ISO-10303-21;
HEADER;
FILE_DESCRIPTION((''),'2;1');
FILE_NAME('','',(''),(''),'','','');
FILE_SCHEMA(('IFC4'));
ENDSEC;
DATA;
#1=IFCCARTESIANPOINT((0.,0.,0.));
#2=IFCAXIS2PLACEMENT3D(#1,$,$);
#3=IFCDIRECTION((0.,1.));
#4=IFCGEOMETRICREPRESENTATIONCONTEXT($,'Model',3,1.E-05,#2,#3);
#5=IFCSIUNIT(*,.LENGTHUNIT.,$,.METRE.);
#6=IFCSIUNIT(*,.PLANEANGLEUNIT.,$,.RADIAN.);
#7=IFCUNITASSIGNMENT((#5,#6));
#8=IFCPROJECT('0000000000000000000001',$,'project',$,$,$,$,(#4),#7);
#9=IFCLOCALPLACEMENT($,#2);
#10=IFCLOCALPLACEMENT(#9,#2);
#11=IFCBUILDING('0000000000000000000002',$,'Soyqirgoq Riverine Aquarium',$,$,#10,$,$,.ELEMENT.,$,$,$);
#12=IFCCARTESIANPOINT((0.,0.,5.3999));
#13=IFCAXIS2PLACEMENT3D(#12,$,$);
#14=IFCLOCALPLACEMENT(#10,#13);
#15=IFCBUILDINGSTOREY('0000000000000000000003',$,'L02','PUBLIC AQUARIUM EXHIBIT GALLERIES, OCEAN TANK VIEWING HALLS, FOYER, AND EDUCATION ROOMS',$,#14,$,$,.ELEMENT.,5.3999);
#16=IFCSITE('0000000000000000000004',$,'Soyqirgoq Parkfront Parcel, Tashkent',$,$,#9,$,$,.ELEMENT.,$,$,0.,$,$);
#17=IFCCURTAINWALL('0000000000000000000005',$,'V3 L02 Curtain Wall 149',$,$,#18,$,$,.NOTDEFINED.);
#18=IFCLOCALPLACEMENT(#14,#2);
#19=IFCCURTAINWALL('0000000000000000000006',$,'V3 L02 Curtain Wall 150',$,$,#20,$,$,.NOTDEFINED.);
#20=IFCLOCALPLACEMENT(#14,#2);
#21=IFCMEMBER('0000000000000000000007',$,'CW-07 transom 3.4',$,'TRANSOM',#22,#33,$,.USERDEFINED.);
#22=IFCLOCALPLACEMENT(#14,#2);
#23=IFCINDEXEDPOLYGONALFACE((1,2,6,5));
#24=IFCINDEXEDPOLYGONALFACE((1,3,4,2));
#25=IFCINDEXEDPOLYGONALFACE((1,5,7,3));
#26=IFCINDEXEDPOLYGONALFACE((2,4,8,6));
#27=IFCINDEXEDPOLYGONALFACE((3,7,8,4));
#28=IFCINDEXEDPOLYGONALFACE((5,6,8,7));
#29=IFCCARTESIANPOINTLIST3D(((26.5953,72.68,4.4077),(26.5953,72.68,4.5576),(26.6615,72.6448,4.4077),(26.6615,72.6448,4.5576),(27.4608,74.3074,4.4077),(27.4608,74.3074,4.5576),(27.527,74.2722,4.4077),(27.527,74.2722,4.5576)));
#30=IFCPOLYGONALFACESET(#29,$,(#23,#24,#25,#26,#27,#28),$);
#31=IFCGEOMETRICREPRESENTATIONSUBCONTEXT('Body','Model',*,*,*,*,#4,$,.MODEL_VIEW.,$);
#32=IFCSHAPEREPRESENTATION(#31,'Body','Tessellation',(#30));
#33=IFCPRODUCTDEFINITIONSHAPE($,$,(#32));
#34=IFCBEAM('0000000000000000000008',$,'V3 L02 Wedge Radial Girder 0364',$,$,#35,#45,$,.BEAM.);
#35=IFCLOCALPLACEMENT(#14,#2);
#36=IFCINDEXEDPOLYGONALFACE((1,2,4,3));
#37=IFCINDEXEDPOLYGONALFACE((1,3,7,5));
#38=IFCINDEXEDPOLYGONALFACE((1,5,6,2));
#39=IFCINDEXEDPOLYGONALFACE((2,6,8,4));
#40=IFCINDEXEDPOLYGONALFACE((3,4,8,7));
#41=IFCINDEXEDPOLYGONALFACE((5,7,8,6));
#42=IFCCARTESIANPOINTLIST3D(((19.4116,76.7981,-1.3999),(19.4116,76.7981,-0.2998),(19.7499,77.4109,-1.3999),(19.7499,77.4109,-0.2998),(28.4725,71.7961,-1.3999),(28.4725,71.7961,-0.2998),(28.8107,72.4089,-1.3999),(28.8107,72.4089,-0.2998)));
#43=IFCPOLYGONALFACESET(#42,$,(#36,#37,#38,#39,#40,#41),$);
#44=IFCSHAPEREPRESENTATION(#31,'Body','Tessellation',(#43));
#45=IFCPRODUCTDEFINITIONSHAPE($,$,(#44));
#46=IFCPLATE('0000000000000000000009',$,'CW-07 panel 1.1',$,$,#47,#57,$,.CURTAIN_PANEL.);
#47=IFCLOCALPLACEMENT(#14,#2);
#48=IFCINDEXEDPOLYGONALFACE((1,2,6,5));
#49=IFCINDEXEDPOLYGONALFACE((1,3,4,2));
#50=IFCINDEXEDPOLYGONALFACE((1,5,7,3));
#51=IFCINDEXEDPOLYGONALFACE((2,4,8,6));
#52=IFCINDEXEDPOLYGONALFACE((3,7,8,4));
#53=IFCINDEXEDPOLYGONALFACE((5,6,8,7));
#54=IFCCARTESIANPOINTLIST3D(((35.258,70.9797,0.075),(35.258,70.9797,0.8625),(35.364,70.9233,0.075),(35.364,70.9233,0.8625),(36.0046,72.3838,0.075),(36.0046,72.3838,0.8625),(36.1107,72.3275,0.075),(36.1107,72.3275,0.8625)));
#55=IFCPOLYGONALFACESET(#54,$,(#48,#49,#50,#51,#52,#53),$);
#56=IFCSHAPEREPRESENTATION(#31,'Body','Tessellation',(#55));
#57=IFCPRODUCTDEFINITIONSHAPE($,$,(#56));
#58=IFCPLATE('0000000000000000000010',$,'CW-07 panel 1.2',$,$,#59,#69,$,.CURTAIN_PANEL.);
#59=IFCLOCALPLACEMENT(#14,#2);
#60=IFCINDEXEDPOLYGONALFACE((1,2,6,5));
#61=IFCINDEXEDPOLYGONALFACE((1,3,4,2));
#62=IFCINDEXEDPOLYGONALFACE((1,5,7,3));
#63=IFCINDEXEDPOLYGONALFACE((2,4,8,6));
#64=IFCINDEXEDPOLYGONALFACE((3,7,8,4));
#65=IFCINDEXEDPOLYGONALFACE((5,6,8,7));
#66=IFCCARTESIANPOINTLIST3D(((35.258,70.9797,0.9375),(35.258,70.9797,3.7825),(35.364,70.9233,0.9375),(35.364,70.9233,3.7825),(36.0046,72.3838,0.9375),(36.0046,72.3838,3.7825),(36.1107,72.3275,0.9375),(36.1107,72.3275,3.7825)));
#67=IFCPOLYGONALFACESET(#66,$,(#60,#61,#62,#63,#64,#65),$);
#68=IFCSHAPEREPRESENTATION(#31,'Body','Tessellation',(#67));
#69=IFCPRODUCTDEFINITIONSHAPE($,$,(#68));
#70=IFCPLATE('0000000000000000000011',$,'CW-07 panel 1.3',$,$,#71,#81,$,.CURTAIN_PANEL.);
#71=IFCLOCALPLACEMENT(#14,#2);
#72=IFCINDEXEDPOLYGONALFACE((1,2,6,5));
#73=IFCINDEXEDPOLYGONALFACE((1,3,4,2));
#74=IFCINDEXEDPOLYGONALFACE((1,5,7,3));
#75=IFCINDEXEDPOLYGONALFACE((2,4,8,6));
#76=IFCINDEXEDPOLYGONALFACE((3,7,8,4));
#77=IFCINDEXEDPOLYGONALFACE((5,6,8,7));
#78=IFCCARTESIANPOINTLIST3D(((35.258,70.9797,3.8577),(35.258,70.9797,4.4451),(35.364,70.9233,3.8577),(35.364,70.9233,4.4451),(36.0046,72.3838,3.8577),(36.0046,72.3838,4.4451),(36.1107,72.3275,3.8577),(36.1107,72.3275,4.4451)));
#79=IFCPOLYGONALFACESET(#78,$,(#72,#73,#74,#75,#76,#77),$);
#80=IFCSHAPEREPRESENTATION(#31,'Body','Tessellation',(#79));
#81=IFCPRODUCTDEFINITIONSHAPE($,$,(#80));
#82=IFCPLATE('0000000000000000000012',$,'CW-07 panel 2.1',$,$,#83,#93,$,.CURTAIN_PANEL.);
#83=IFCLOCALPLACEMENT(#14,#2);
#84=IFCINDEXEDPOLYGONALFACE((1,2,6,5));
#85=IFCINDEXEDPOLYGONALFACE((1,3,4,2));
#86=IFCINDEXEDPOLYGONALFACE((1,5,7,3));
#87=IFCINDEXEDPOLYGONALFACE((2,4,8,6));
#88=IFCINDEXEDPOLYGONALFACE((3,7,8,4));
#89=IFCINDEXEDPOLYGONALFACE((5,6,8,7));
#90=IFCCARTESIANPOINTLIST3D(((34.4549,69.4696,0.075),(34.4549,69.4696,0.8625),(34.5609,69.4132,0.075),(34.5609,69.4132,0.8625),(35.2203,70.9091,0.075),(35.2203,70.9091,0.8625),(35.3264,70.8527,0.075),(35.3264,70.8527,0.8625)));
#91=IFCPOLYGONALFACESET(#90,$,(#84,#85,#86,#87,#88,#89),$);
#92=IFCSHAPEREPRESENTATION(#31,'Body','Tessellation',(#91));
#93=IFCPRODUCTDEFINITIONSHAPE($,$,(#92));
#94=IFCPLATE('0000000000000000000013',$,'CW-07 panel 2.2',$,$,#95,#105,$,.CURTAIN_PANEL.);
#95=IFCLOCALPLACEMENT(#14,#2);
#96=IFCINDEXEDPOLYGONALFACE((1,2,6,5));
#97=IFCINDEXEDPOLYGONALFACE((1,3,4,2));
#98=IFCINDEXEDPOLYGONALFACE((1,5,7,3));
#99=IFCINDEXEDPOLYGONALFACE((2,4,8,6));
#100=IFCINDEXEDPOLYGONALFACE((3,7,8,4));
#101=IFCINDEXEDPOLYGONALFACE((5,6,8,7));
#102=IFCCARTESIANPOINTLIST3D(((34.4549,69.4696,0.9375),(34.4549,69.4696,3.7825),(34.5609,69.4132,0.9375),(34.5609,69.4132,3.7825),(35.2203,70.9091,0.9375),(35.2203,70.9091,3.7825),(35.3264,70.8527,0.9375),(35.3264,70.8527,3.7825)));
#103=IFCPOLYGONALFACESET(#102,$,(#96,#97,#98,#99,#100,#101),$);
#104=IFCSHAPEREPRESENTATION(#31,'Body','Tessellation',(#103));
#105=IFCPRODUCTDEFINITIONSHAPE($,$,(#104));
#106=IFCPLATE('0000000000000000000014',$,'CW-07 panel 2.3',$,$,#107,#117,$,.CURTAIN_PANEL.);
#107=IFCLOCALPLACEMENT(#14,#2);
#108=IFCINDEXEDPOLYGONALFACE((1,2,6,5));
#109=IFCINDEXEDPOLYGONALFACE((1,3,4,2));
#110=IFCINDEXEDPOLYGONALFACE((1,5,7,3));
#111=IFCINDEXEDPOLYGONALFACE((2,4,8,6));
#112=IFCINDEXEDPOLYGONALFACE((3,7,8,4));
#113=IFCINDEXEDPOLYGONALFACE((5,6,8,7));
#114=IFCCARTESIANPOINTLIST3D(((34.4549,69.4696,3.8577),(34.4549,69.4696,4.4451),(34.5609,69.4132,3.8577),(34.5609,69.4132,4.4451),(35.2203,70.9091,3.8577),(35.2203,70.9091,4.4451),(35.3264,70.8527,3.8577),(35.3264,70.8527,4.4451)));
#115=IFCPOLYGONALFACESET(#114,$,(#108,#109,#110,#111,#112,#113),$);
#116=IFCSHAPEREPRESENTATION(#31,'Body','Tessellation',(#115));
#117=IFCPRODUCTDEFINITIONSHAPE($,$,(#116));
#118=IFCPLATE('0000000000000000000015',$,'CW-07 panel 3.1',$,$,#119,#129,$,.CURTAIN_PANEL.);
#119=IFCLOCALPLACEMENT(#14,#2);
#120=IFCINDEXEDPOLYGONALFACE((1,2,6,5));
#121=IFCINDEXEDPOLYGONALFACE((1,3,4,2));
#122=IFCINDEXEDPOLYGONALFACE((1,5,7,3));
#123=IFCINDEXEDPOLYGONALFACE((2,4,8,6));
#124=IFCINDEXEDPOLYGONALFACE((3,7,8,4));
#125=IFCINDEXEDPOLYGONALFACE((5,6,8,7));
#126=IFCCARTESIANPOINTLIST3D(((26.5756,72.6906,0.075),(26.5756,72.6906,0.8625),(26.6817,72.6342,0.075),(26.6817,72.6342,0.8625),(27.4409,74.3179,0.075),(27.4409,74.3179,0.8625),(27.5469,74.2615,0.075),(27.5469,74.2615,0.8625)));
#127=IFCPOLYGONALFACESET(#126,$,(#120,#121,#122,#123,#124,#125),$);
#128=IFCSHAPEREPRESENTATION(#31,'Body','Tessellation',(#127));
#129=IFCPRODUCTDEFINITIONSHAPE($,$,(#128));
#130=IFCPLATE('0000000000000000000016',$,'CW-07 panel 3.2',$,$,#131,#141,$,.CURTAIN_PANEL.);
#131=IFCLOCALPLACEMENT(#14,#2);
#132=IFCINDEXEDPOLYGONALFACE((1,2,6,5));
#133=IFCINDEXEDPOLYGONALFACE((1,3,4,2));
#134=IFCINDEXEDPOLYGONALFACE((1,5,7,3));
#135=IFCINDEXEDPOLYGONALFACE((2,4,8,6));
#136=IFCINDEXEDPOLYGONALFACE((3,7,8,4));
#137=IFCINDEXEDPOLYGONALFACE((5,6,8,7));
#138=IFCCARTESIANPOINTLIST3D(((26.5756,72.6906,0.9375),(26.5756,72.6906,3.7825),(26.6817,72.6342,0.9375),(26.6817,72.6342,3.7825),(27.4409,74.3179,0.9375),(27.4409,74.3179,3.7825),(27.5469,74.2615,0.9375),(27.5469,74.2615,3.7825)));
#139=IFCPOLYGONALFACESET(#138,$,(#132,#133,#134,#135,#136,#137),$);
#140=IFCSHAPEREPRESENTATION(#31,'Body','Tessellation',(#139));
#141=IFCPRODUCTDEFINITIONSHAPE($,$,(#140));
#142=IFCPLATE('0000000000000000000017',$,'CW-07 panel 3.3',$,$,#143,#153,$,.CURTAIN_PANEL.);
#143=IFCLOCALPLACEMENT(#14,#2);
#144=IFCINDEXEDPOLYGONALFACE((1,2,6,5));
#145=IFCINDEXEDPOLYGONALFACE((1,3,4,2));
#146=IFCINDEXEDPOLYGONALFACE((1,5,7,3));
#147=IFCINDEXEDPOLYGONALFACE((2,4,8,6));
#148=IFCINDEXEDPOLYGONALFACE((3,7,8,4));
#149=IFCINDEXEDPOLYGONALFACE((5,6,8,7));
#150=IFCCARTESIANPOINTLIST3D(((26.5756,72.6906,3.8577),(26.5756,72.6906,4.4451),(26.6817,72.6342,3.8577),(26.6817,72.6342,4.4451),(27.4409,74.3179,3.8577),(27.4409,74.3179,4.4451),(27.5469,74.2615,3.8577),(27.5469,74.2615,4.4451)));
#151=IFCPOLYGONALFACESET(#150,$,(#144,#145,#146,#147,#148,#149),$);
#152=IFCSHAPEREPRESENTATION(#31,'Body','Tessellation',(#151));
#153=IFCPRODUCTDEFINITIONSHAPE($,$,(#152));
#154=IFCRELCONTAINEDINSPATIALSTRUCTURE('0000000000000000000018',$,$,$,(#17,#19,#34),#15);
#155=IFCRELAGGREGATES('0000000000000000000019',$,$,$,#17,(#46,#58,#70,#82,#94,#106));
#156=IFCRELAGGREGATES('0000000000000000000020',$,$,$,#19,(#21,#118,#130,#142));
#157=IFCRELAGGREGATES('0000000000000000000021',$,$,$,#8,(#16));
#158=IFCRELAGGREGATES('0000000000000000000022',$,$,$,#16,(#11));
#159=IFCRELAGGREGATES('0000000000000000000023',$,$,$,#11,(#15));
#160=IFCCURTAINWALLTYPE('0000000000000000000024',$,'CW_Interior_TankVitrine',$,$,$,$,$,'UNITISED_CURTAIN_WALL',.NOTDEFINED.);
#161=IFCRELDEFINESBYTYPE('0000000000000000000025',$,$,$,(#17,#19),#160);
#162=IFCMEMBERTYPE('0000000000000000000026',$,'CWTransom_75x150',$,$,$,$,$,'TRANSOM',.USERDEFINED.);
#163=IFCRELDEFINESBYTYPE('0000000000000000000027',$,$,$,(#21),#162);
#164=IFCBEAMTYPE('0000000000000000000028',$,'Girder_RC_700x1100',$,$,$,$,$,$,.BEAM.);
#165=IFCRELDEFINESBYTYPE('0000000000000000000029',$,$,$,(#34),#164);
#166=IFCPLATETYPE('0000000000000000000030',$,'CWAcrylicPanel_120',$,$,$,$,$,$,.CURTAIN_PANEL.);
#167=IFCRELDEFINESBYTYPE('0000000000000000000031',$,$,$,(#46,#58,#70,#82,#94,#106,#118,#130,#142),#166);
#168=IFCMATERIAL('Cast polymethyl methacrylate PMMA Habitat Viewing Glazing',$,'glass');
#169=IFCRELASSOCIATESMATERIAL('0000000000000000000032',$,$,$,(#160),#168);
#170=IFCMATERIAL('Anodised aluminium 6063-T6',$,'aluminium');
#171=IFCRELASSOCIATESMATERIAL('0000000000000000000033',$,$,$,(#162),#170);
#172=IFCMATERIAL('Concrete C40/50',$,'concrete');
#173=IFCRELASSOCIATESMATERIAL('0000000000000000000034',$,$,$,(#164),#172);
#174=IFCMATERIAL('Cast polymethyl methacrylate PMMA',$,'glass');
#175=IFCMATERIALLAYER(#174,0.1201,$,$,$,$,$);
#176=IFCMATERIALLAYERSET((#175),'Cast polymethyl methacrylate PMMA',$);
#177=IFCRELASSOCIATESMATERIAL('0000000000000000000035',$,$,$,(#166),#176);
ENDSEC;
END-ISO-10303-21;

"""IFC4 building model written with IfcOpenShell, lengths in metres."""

from ifc_helpers import new_model, si_unit, direction, frame, origin, origin_2d, place, context, subcontext, project, spatial, rectangle, extrude, material, layer, layer_set, material_profile, profile_set, type_object, element, aggregate, save


model = new_model("IFC4")

# Units and contexts
model_context = context("Model", 3, precision=1e-05, world=origin(), true_north=direction((0.0, 1.0)))
body_context = subcontext(model_context, "Body", "Model", "MODEL_VIEW")
ifc_project = project(units=[si_unit("LENGTHUNIT", "METRE"), si_unit("PLANEANGLEUNIT", "RADIAN")], contexts=[model_context])

# Site, building, storey
site_placement = place(None, origin())
site = spatial("IfcSite", under=ifc_project, at=site_placement, Name="Soyqirgoq Parkfront Parcel, Tashkent", CompositionType="ELEMENT", RefElevation=0.0)
building_placement = place(site_placement, origin())
building = spatial("IfcBuilding", under=site, at=building_placement, Name="Soyqirgoq Riverine Aquarium", CompositionType="ELEMENT")
storey_placement = place(building_placement, frame((0.0, 0.0, 5.3999)))
storey = spatial("IfcBuildingStorey", under=building, at=storey_placement, Name="L02", Description="PUBLIC AQUARIUM EXHIBIT GALLERIES, OCEAN TANK VIEWING HALLS, FOYER, AND EDUCATION ROOMS", CompositionType="ELEMENT", Elevation=5.3999)

# Curtain wall
ifc_material_1 = material(Name="Cast polymethyl methacrylate PMMA Habitat Viewing Glazing", Category="glass")
curtain_wall_type = type_object("IfcCurtainWallType", Name="CW_Interior_TankVitrine", ElementType="UNITISED_CURTAIN_WALL", PredefinedType="NOTDEFINED", material=ifc_material_1)
curtain_wall_1_placement = place(storey_placement, origin())
curtain_wall_1 = element("IfcCurtainWall", 1, at=curtain_wall_1_placement, inside=storey, type_object=curtain_wall_type, Name="V3 L02 Curtain Wall 149", PredefinedType="NOTDEFINED")

# Curtain wall
curtain_wall_2_placement = place(storey_placement, origin())
curtain_wall_2 = element("IfcCurtainWall", 2, at=curtain_wall_2_placement, inside=storey, type_object=curtain_wall_type, Name="V3 L02 Curtain Wall 150", PredefinedType="NOTDEFINED")

# Member
ifc_material_2 = material(Name="Anodised aluminium 6063-T6", Category="aluminium")
ifc_material_profile_1 = material_profile(ifc_material_2, rectangle(XDim=0.075, YDim=0.1499, at=origin_2d()), Name="ALU-T 75x150")
ifc_profile_set_1 = profile_set([ifc_material_profile_1], Name="Anodised aluminium 6063-T6")
member_type_1 = type_object("IfcMemberType", Name="CWTransom_75x150", ElementType="TRANSOM", PredefinedType="USERDEFINED", material=ifc_profile_set_1)
member_1_placement = place(storey_placement, frame((27.4939, 74.2898, 4.4827), z_axis=(-0.469536, -0.882913, 0.0), x_axis=(0.882913, -0.469536, 0.0)))
member_1 = element("IfcMember", 3, at=member_1_placement, type_object=member_type_1, Name="CW-07 transom 3.4", ObjectType="TRANSOM", PredefinedType="USERDEFINED", context=body_context, shape_type="SweptSolid", body=[
    extrude(rectangle(XDim=0.075, YDim=0.1499, at=origin_2d()), origin(), (0.0, 0.0, 1.0), 1.8433),
])

# Beam
ifc_material_3 = material(Name="Concrete C40/50", Category="concrete")
ifc_material_profile_2 = material_profile(ifc_material_3, rectangle(XDim=0.7, YDim=1.1001, at=origin_2d()), Name="RC 700x1100")
ifc_profile_set_2 = profile_set([ifc_material_profile_2], Name="Concrete C40/50")
beam_type_1 = type_object("IfcBeamType", Name="Girder_RC_700x1100", PredefinedType="BEAM", material=ifc_profile_set_2)
beam_1_placement = place(storey_placement, frame((28.6416, 72.1025, -0.8499), z_axis=(-0.875459, 0.483292, 0.0), x_axis=(-0.483292, -0.875459, 0.0)))
element("IfcBeam", 4, at=beam_1_placement, inside=storey, type_object=beam_type_1, Name="V3 L02 Wedge Radial Girder 0364", PredefinedType="BEAM", context=body_context, shape_type="SweptSolid", body=[
    extrude(rectangle(XDim=0.7, YDim=1.1001, at=origin_2d()), origin(), (0.0, 0.0, 1.0), 10.3499),
])

# Plates
ifc_material_4 = material(Name="Cast polymethyl methacrylate PMMA", Category="glass")
ifc_layer = layer(ifc_material_4, 0.1201)
ifc_layer_set = layer_set([ifc_layer], Name="Cast polymethyl methacrylate PMMA")
plate_type = type_object("IfcPlateType", Name="CWAcrylicPanel_120", PredefinedType="CURTAIN_PANEL", material=ifc_layer_set)
plate_1_placement = place(storey_placement, frame((35.6843, 71.6536, 0.075), z_axis=(0.0, 0.0, 1.0), x_axis=(-0.469473, -0.882947, 0.0)))
plate_1 = element("IfcPlate", 5, at=plate_1_placement, type_object=plate_type, Name="CW-07 panel 1.1", PredefinedType="CURTAIN_PANEL", context=body_context, shape_type="SweptSolid", body=[
    extrude(rectangle(XDim=1.5903, YDim=0.1201, at=origin_2d()), origin(), (0.0, 0.0, 1.0), 0.7876),
])
plate_2_placement = place(storey_placement, frame((35.6843, 71.6536, 0.9375), z_axis=(0.0, 0.0, 1.0), x_axis=(-0.469473, -0.882947, 0.0)))
plate_2 = element("IfcPlate", 6, at=plate_2_placement, type_object=plate_type, Name="CW-07 panel 1.2", PredefinedType="CURTAIN_PANEL", context=body_context, shape_type="SweptSolid", body=[
    extrude(rectangle(XDim=1.5903, YDim=0.1201, at=origin_2d()), origin(), (0.0, 0.0, 1.0), 2.845),
])
plate_3_placement = place(storey_placement, frame((35.6843, 71.6536, 3.8577), z_axis=(0.0, 0.0, 1.0), x_axis=(-0.469473, -0.882947, 0.0)))
plate_3 = element("IfcPlate", 7, at=plate_3_placement, type_object=plate_type, Name="CW-07 panel 1.3", PredefinedType="CURTAIN_PANEL", context=body_context, shape_type="SweptSolid", body=[
    extrude(rectangle(XDim=1.5903, YDim=0.1201, at=origin_2d()), origin(), (0.0, 0.0, 1.0), 0.5874),
])
plate_4_placement = place(storey_placement, frame((34.8906, 70.1611, 0.075), z_axis=(0.0, 0.0, 1.0), x_axis=(-0.469473, -0.882947, 0.0)))
plate_4 = element("IfcPlate", 8, at=plate_4_placement, type_object=plate_type, Name="CW-07 panel 2.1", PredefinedType="CURTAIN_PANEL", context=body_context, shape_type="SweptSolid", body=[
    extrude(rectangle(XDim=1.6304, YDim=0.1201, at=origin_2d()), origin(), (0.0, 0.0, 1.0), 0.7876),
])
plate_5_placement = place(storey_placement, frame((34.8906, 70.1611, 0.9375), z_axis=(0.0, 0.0, 1.0), x_axis=(-0.469473, -0.882947, 0.0)))
plate_5 = element("IfcPlate", 9, at=plate_5_placement, type_object=plate_type, Name="CW-07 panel 2.2", PredefinedType="CURTAIN_PANEL", context=body_context, shape_type="SweptSolid", body=[
    extrude(rectangle(XDim=1.6304, YDim=0.1201, at=origin_2d()), origin(), (0.0, 0.0, 1.0), 2.845),
])
plate_6_placement = place(storey_placement, frame((34.8906, 70.1611, 3.8577), z_axis=(0.0, 0.0, 1.0), x_axis=(-0.469473, -0.882947, 0.0)))
plate_6 = element("IfcPlate", 10, at=plate_6_placement, type_object=plate_type, Name="CW-07 panel 2.3", PredefinedType="CURTAIN_PANEL", context=body_context, shape_type="SweptSolid", body=[
    extrude(rectangle(XDim=1.6304, YDim=0.1201, at=origin_2d()), origin(), (0.0, 0.0, 1.0), 0.5874),
])
aggregate(curtain_wall_1, [plate_1, plate_2, plate_3, plate_4, plate_5, plate_6])
plate_7_placement = place(storey_placement, frame((27.0613, 73.4761, 0.075), z_axis=(0.0, 0.0, 1.0), x_axis=(-0.469475, -0.882946, 0.0)))
plate_7 = element("IfcPlate", 11, at=plate_7_placement, type_object=plate_type, Name="CW-07 panel 3.1", PredefinedType="CURTAIN_PANEL", context=body_context, shape_type="SweptSolid", body=[
    extrude(rectangle(XDim=1.843, YDim=0.1201, at=origin_2d()), origin(), (0.0, 0.0, 1.0), 0.7876),
])
plate_8_placement = place(storey_placement, frame((27.0613, 73.4761, 0.9375), z_axis=(0.0, 0.0, 1.0), x_axis=(-0.469475, -0.882946, 0.0)))
plate_8 = element("IfcPlate", 12, at=plate_8_placement, type_object=plate_type, Name="CW-07 panel 3.2", PredefinedType="CURTAIN_PANEL", context=body_context, shape_type="SweptSolid", body=[
    extrude(rectangle(XDim=1.843, YDim=0.1201, at=origin_2d()), origin(), (0.0, 0.0, 1.0), 2.845),
])
plate_9_placement = place(storey_placement, frame((27.0613, 73.4761, 3.8577), z_axis=(0.0, 0.0, 1.0), x_axis=(-0.469475, -0.882946, 0.0)))
plate_9 = element("IfcPlate", 13, at=plate_9_placement, type_object=plate_type, Name="CW-07 panel 3.3", PredefinedType="CURTAIN_PANEL", context=body_context, shape_type="SweptSolid", body=[
    extrude(rectangle(XDim=1.843, YDim=0.1201, at=origin_2d()), origin(), (0.0, 0.0, 1.0), 0.5874),
])
aggregate(curtain_wall_2, [member_1, plate_7, plate_8, plate_9])

save(model, "model.ifc")
